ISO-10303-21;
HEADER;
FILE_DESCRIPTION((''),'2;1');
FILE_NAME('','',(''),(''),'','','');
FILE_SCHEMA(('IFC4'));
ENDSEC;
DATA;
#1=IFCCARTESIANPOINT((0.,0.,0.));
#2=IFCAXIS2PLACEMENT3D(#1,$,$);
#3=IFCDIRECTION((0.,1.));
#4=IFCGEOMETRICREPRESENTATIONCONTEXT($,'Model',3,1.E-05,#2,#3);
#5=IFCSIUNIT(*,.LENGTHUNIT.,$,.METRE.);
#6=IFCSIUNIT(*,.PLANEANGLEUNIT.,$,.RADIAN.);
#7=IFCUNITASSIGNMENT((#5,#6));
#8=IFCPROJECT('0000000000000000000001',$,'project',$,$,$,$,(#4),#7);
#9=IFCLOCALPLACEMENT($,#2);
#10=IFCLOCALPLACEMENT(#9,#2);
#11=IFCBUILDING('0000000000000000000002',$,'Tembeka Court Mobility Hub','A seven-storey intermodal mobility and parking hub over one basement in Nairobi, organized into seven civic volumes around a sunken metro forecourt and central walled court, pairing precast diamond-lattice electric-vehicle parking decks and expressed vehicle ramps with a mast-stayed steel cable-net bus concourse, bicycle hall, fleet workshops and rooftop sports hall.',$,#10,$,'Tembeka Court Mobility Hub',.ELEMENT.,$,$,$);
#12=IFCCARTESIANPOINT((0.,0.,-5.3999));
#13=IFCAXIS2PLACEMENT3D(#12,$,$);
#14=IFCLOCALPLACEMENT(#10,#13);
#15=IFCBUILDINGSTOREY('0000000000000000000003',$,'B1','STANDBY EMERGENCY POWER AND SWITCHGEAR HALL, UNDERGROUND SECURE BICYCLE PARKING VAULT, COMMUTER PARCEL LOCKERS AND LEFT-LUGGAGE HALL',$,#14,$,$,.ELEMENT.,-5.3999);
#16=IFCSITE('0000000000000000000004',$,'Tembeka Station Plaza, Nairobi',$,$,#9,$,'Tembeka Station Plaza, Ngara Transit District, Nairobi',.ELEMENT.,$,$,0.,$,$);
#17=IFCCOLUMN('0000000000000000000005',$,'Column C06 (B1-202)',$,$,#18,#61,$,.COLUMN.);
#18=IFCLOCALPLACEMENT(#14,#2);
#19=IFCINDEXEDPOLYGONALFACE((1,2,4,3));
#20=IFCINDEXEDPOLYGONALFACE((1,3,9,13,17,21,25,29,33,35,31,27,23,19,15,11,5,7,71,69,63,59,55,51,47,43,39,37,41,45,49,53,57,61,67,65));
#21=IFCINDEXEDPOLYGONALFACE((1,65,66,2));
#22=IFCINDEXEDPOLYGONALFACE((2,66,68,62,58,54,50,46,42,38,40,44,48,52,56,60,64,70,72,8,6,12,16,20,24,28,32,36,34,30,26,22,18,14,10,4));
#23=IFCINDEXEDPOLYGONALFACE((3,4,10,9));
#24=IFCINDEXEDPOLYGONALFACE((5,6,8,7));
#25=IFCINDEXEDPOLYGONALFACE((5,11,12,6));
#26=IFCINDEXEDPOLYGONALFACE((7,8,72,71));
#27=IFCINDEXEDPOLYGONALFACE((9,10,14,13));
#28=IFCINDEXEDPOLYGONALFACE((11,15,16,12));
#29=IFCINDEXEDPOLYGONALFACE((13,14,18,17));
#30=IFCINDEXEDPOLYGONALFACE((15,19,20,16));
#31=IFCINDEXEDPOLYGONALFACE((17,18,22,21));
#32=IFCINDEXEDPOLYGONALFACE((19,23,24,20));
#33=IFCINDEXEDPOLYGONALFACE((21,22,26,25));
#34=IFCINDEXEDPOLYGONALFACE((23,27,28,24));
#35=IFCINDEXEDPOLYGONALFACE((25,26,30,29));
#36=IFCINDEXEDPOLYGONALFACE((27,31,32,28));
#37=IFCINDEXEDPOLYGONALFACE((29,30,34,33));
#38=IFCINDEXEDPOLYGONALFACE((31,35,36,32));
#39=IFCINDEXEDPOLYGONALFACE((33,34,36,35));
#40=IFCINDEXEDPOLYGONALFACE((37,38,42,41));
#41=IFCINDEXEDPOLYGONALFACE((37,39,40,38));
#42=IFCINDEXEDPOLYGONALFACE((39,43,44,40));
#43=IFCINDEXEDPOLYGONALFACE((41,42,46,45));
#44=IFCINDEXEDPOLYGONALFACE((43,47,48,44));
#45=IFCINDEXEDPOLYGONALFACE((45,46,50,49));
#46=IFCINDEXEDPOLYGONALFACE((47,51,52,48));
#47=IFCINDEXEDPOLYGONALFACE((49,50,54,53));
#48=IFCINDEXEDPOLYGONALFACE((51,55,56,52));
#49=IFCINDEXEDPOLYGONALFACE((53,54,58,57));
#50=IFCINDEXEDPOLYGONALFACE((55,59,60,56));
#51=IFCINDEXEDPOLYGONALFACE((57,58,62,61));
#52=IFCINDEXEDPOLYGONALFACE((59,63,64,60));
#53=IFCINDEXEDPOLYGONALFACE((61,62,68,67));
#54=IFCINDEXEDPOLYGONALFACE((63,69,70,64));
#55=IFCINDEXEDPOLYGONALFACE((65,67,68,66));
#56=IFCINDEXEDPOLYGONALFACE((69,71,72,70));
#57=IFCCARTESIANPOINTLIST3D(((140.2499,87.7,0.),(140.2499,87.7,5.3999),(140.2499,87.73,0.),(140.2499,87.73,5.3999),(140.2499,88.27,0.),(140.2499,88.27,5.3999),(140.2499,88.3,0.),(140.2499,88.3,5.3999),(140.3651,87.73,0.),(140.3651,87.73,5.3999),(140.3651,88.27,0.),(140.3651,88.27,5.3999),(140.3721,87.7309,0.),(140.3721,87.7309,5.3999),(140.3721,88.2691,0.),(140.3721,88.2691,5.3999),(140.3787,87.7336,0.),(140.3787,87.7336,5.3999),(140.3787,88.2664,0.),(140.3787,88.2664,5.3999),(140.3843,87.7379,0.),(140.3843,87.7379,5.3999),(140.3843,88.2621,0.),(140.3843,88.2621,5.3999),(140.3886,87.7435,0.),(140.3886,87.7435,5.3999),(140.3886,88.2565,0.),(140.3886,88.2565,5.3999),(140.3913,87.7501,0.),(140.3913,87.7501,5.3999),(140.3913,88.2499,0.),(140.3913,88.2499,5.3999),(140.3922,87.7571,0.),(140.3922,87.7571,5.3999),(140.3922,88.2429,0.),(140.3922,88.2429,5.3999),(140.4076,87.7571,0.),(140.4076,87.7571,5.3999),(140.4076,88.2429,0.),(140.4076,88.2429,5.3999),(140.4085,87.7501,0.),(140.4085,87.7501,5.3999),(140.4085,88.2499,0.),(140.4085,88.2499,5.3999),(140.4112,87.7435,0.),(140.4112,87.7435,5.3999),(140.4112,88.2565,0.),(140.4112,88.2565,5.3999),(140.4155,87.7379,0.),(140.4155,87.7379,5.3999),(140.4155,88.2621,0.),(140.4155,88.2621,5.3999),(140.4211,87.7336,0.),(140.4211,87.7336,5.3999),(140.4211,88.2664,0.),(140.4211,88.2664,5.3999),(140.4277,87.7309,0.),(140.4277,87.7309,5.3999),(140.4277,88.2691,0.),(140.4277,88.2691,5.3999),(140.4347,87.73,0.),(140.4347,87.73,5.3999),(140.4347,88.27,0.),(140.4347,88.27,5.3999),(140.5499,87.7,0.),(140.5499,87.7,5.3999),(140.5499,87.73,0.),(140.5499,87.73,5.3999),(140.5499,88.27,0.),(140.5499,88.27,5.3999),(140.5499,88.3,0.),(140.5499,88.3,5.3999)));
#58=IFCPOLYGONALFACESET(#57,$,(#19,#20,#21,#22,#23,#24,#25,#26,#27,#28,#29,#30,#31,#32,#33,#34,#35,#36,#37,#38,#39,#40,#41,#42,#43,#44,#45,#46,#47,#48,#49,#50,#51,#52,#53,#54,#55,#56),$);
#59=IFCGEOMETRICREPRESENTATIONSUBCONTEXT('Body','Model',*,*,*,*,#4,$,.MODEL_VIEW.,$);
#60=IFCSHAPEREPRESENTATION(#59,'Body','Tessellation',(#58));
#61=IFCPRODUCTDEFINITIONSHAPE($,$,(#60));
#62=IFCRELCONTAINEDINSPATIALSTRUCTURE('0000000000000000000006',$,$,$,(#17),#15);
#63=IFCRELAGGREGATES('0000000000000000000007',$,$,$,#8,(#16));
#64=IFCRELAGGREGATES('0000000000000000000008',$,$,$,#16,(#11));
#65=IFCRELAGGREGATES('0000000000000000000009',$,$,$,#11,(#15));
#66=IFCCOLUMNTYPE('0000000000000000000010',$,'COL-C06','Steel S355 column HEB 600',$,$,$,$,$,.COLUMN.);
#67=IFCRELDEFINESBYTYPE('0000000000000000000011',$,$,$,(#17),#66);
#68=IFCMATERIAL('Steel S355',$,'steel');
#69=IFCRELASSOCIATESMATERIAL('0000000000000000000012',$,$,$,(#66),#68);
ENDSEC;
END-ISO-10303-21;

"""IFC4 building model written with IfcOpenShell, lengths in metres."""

from ifc_helpers import new_model, si_unit, direction, frame, origin, origin_2d, place, context, subcontext, project, spatial, i_section, extrude, material, material_profile, profile_set, type_object, element, save


model = new_model("IFC4")

# Units and contexts
model_context = context("Model", 3, precision=1e-05, world=origin(), true_north=direction((0.0, 1.0)))
body_context = subcontext(model_context, "Body", "Model", "MODEL_VIEW")
ifc_project = project(units=[si_unit("LENGTHUNIT", "METRE"), si_unit("PLANEANGLEUNIT", "RADIAN")], contexts=[model_context])

# Site, building, storey
site_placement = place(None, origin())
site = spatial("IfcSite", under=ifc_project, at=site_placement, Name="Tembeka Station Plaza, Nairobi", LongName="Tembeka Station Plaza, Ngara Transit District, Nairobi", CompositionType="ELEMENT", RefElevation=0.0)
building_placement = place(site_placement, origin())
building = spatial("IfcBuilding", under=site, at=building_placement, Name="Tembeka Court Mobility Hub", Description="A seven-storey intermodal mobility and parking hub over one basement in Nairobi, organized into seven civic volumes around a sunken metro forecourt and central walled court, pairing precast diamond-lattice electric-vehicle parking decks and expressed vehicle ramps with a mast-stayed steel cable-net bus concourse, bicycle hall, fleet workshops and rooftop sports hall.", LongName="Tembeka Court Mobility Hub", CompositionType="ELEMENT")
storey_placement = place(building_placement, frame((0.0, 0.0, -5.3999)))
storey = spatial("IfcBuildingStorey", under=building, at=storey_placement, Name="B1", Description="STANDBY EMERGENCY POWER AND SWITCHGEAR HALL, UNDERGROUND SECURE BICYCLE PARKING VAULT, COMMUTER PARCEL LOCKERS AND LEFT-LUGGAGE HALL", CompositionType="ELEMENT", Elevation=-5.3999)

# Column
ifc_material_1 = material(Name="Steel S355", Category="steel")
ifc_material_profile_1 = material_profile(ifc_material_1, i_section(OverallWidth=0.3, OverallDepth=0.6001, WebThickness=0.0154, FlangeThickness=0.03, FilletRadius=0.0271, at=origin_2d()), Name="HEB 600")
ifc_profile_set_1 = profile_set([ifc_material_profile_1], Name="Steel S355")
column_type_1 = type_object("IfcColumnType", Name="COL-C06", Description="Steel S355 column HEB 600", PredefinedType="COLUMN", material=ifc_profile_set_1)
for number, where, z_axis, x_axis, name in (
    (1, (140.3999, 88.0, 0.0), (0.0, 0.0, 1.0), (1.0, 0.0, 0.0), "Column C06 (B1-202)"),
):
    element("IfcColumn", number, at=place(storey_placement, frame(where, z_axis=z_axis, x_axis=x_axis)), inside=storey, type_object=column_type_1, Name=name, PredefinedType="COLUMN", context=body_context, shape_type="SweptSolid", body=[
        extrude(i_section(OverallWidth=0.3, OverallDepth=0.6001, WebThickness=0.0154, FlangeThickness=0.03, FilletRadius=0.0271, at=origin_2d()), origin(), (0.0, 0.0, 1.0), 5.3999),
    ])

save(model, "model.ifc")
